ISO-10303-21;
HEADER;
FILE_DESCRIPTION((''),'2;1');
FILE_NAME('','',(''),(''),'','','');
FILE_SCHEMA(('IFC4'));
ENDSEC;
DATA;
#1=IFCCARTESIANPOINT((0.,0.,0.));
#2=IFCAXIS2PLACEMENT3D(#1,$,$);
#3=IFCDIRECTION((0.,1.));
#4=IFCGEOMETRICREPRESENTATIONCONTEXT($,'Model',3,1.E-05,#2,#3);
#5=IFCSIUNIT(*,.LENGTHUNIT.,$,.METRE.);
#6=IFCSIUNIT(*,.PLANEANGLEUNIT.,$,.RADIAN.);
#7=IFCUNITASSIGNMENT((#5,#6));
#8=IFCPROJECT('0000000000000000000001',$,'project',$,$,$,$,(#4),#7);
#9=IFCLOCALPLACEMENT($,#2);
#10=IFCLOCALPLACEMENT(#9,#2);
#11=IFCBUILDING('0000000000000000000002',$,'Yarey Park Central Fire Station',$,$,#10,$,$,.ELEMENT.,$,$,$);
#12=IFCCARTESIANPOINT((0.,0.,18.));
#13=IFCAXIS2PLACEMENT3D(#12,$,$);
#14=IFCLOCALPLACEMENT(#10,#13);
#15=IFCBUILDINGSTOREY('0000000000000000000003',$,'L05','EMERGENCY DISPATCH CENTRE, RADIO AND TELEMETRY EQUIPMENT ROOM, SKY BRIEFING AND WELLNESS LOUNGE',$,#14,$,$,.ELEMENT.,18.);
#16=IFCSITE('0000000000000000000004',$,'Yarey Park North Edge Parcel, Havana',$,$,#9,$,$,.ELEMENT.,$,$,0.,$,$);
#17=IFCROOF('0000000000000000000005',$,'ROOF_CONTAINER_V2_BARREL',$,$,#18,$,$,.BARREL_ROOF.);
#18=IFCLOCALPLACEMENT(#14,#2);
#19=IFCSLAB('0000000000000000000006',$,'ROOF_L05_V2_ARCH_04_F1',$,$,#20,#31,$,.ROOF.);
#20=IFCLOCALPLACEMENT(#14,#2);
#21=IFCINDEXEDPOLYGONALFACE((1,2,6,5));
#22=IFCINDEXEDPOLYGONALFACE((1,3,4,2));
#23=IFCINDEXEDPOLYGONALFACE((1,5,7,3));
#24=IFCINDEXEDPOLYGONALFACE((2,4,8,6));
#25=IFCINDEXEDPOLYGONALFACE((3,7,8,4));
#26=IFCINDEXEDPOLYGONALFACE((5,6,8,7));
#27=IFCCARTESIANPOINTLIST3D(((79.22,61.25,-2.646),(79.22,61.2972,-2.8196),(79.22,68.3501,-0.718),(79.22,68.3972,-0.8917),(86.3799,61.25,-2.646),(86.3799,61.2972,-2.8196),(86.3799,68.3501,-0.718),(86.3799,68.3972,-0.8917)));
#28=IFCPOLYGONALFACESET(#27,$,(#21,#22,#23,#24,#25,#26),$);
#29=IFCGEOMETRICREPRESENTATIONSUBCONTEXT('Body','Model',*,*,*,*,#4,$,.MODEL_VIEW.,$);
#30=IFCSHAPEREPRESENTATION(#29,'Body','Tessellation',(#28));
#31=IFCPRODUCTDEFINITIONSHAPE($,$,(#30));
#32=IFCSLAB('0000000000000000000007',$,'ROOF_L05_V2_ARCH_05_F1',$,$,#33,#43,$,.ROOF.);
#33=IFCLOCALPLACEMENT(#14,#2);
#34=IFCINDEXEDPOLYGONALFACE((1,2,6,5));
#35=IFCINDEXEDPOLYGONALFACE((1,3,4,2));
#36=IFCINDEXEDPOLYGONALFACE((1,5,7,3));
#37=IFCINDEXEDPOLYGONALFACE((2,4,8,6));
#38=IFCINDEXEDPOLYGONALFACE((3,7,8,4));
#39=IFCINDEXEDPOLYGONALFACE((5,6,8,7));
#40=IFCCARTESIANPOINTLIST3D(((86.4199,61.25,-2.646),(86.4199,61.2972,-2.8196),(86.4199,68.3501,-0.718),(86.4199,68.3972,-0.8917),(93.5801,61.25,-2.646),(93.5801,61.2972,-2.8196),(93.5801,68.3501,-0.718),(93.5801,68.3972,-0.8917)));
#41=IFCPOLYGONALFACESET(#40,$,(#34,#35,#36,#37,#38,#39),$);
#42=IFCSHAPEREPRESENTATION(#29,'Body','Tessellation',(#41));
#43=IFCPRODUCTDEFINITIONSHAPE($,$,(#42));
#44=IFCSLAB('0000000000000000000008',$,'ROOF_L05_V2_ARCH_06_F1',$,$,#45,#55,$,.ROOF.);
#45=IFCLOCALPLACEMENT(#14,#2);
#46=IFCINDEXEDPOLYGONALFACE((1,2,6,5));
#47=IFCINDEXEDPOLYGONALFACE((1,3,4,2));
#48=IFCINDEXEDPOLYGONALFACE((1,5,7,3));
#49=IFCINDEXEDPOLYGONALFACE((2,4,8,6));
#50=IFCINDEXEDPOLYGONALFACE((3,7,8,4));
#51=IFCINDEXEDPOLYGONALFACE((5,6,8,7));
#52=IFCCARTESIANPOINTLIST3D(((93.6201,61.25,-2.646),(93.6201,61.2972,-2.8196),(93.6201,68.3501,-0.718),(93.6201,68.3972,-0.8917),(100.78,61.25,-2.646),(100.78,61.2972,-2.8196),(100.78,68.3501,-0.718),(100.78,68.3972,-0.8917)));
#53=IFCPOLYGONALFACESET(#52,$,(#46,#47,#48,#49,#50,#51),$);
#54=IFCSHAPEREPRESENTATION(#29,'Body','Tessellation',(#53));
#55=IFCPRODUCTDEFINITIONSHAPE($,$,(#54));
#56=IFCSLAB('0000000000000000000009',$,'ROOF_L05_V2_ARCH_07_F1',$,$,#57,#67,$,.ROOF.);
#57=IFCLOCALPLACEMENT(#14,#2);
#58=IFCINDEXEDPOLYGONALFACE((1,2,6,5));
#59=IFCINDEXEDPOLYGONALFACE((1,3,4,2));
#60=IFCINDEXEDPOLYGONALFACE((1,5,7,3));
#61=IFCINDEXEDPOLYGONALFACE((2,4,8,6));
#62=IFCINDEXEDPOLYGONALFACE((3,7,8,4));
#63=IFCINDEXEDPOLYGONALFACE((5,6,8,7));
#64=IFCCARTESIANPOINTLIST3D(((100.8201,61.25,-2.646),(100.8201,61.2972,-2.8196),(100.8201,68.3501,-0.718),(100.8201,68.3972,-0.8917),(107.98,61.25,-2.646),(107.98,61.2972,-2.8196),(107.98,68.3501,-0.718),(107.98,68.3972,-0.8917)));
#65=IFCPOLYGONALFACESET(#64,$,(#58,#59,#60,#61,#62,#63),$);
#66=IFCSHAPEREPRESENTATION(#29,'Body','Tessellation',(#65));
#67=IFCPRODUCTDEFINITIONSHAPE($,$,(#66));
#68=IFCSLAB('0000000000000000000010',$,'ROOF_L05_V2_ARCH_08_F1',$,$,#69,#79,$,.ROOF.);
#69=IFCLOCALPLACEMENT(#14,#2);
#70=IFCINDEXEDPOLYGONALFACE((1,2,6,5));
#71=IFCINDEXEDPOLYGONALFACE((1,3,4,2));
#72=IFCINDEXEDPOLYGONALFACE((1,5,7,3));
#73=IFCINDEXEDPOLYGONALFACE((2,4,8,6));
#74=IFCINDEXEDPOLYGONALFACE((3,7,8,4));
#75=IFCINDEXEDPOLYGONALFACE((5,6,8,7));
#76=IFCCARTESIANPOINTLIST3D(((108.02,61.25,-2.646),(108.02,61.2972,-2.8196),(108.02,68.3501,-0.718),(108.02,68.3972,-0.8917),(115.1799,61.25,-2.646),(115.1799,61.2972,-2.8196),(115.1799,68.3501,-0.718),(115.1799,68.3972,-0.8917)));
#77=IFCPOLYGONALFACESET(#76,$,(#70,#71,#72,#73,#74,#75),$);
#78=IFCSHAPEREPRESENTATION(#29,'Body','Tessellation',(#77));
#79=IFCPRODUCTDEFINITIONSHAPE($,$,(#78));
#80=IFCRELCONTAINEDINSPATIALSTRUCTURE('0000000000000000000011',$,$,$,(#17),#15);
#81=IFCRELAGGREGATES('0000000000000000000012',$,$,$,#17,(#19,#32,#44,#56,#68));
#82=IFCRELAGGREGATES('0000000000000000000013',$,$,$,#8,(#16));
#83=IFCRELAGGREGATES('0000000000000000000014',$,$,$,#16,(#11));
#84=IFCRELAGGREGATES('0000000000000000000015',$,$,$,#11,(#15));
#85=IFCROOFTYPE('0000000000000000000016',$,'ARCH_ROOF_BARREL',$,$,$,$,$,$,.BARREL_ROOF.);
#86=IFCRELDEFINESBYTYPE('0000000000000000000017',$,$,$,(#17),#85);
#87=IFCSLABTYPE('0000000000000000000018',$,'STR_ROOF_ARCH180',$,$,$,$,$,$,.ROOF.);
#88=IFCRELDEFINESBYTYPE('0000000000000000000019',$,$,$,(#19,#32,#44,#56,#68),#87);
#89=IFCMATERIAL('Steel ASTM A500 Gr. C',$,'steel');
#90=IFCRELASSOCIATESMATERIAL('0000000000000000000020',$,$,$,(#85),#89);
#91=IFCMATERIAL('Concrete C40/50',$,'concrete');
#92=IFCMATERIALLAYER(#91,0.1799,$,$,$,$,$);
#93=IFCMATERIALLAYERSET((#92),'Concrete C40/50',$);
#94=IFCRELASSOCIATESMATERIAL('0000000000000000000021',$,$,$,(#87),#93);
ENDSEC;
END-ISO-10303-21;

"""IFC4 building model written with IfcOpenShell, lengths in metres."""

from ifc_helpers import new_model, si_unit, direction, frame, origin, place, context, subcontext, project, spatial, polyline, outline, extrude, material, layer, layer_set, type_object, element, aggregate, save


model = new_model("IFC4")

# Units and contexts
model_context = context("Model", 3, precision=1e-05, world=origin(), true_north=direction((0.0, 1.0)))
body_context = subcontext(model_context, "Body", "Model", "MODEL_VIEW")
ifc_project = project(units=[si_unit("LENGTHUNIT", "METRE"), si_unit("PLANEANGLEUNIT", "RADIAN")], contexts=[model_context])

# Site, building, storey
site_placement = place(None, origin())
site = spatial("IfcSite", under=ifc_project, at=site_placement, Name="Yarey Park North Edge Parcel, Havana", CompositionType="ELEMENT", RefElevation=0.0)
building_placement = place(site_placement, origin())
building = spatial("IfcBuilding", under=site, at=building_placement, Name="Yarey Park Central Fire Station", CompositionType="ELEMENT")
storey_placement = place(building_placement, frame((0.0, 0.0, 18.0)))
storey = spatial("IfcBuildingStorey", under=building, at=storey_placement, Name="L05", Description="EMERGENCY DISPATCH CENTRE, RADIO AND TELEMETRY EQUIPMENT ROOM, SKY BRIEFING AND WELLNESS LOUNGE", CompositionType="ELEMENT", Elevation=18.0)

# Roof, slabs
ifc_material_1 = material(Name="Steel ASTM A500 Gr. C", Category="steel")
roof_type = type_object("IfcRoofType", Name="ARCH_ROOF_BARREL", PredefinedType="BARREL_ROOF", material=ifc_material_1)
roof_placement = place(storey_placement, origin())
roof = element("IfcRoof", 1, at=roof_placement, inside=storey, type_object=roof_type, Name="ROOF_CONTAINER_V2_BARREL", PredefinedType="BARREL_ROOF")
ifc_material_2 = material(Name="Concrete C40/50", Category="concrete")
ifc_layer_1 = layer(ifc_material_2, 0.1799)
ifc_layer_set_1 = layer_set([ifc_layer_1], Name="Concrete C40/50")
slab_type = type_object("IfcSlabType", Name="STR_ROOF_ARCH180", PredefinedType="ROOF", material=ifc_layer_set_1)
slab_1_placement = place(storey_placement, frame((79.22, 61.25, -2.646), z_axis=(0.0, -0.262053, 0.965053), x_axis=(1.0, 0.0, 0.0)))
slab_1 = element("IfcSlab", 2, at=slab_1_placement, type_object=slab_type, Name="ROOF_L05_V2_ARCH_04_F1", PredefinedType="ROOF", context=body_context, shape_type="SweptSolid", body=[
    extrude(outline(polyline([(0.0, 0.0), (7.1599, 0.0), (7.1599, 7.3572), (0.0, 7.3572), (0.0, 0.0)])), origin(), (0.0, 0.0, -1.0), 0.1799),
])
slab_2_placement = place(storey_placement, frame((86.4199, 61.25, -2.646), z_axis=(0.0, -0.262053, 0.965053), x_axis=(1.0, 0.0, 0.0)))
slab_2 = element("IfcSlab", 3, at=slab_2_placement, type_object=slab_type, Name="ROOF_L05_V2_ARCH_05_F1", PredefinedType="ROOF", context=body_context, shape_type="SweptSolid", body=[
    extrude(outline(polyline([(0.0, 0.0), (7.1602, 0.0), (7.1602, 7.3572), (0.0, 7.3572), (0.0, 0.0)])), origin(), (0.0, 0.0, -1.0), 0.1799),
])
slab_3_placement = place(storey_placement, frame((93.6201, 61.25, -2.646), z_axis=(0.0, -0.262053, 0.965053), x_axis=(1.0, 0.0, 0.0)))
slab_3 = element("IfcSlab", 4, at=slab_3_placement, type_object=slab_type, Name="ROOF_L05_V2_ARCH_06_F1", PredefinedType="ROOF", context=body_context, shape_type="SweptSolid", body=[
    extrude(outline(polyline([(0.0, 0.0), (7.1599, 0.0), (7.1599, 7.3572), (0.0, 7.3572), (0.0, 0.0)])), origin(), (0.0, 0.0, -1.0), 0.1799),
])
slab_4_placement = place(storey_placement, frame((100.8201, 61.25, -2.646), z_axis=(0.0, -0.262053, 0.965053), x_axis=(1.0, 0.0, 0.0)))
slab_4 = element("IfcSlab", 5, at=slab_4_placement, type_object=slab_type, Name="ROOF_L05_V2_ARCH_07_F1", PredefinedType="ROOF", context=body_context, shape_type="SweptSolid", body=[
    extrude(outline(polyline([(0.0, 0.0), (7.1599, 0.0), (7.1599, 7.3572), (0.0, 7.3572), (0.0, 0.0)])), origin(), (0.0, 0.0, -1.0), 0.1799),
])
slab_5_placement = place(storey_placement, frame((108.02, 61.25, -2.646), z_axis=(0.0, -0.262053, 0.965053), x_axis=(1.0, 0.0, 0.0)))
slab_5 = element("IfcSlab", 6, at=slab_5_placement, type_object=slab_type, Name="ROOF_L05_V2_ARCH_08_F1", PredefinedType="ROOF", context=body_context, shape_type="SweptSolid", body=[
    extrude(outline(polyline([(0.0, 0.0), (7.1599, 0.0), (7.1599, 7.3572), (0.0, 7.3572), (0.0, 0.0)])), origin(), (0.0, 0.0, -1.0), 0.1799),
])
aggregate(roof, [slab_1, slab_2, slab_3, slab_4, slab_5])

save(model, "model.ifc")
